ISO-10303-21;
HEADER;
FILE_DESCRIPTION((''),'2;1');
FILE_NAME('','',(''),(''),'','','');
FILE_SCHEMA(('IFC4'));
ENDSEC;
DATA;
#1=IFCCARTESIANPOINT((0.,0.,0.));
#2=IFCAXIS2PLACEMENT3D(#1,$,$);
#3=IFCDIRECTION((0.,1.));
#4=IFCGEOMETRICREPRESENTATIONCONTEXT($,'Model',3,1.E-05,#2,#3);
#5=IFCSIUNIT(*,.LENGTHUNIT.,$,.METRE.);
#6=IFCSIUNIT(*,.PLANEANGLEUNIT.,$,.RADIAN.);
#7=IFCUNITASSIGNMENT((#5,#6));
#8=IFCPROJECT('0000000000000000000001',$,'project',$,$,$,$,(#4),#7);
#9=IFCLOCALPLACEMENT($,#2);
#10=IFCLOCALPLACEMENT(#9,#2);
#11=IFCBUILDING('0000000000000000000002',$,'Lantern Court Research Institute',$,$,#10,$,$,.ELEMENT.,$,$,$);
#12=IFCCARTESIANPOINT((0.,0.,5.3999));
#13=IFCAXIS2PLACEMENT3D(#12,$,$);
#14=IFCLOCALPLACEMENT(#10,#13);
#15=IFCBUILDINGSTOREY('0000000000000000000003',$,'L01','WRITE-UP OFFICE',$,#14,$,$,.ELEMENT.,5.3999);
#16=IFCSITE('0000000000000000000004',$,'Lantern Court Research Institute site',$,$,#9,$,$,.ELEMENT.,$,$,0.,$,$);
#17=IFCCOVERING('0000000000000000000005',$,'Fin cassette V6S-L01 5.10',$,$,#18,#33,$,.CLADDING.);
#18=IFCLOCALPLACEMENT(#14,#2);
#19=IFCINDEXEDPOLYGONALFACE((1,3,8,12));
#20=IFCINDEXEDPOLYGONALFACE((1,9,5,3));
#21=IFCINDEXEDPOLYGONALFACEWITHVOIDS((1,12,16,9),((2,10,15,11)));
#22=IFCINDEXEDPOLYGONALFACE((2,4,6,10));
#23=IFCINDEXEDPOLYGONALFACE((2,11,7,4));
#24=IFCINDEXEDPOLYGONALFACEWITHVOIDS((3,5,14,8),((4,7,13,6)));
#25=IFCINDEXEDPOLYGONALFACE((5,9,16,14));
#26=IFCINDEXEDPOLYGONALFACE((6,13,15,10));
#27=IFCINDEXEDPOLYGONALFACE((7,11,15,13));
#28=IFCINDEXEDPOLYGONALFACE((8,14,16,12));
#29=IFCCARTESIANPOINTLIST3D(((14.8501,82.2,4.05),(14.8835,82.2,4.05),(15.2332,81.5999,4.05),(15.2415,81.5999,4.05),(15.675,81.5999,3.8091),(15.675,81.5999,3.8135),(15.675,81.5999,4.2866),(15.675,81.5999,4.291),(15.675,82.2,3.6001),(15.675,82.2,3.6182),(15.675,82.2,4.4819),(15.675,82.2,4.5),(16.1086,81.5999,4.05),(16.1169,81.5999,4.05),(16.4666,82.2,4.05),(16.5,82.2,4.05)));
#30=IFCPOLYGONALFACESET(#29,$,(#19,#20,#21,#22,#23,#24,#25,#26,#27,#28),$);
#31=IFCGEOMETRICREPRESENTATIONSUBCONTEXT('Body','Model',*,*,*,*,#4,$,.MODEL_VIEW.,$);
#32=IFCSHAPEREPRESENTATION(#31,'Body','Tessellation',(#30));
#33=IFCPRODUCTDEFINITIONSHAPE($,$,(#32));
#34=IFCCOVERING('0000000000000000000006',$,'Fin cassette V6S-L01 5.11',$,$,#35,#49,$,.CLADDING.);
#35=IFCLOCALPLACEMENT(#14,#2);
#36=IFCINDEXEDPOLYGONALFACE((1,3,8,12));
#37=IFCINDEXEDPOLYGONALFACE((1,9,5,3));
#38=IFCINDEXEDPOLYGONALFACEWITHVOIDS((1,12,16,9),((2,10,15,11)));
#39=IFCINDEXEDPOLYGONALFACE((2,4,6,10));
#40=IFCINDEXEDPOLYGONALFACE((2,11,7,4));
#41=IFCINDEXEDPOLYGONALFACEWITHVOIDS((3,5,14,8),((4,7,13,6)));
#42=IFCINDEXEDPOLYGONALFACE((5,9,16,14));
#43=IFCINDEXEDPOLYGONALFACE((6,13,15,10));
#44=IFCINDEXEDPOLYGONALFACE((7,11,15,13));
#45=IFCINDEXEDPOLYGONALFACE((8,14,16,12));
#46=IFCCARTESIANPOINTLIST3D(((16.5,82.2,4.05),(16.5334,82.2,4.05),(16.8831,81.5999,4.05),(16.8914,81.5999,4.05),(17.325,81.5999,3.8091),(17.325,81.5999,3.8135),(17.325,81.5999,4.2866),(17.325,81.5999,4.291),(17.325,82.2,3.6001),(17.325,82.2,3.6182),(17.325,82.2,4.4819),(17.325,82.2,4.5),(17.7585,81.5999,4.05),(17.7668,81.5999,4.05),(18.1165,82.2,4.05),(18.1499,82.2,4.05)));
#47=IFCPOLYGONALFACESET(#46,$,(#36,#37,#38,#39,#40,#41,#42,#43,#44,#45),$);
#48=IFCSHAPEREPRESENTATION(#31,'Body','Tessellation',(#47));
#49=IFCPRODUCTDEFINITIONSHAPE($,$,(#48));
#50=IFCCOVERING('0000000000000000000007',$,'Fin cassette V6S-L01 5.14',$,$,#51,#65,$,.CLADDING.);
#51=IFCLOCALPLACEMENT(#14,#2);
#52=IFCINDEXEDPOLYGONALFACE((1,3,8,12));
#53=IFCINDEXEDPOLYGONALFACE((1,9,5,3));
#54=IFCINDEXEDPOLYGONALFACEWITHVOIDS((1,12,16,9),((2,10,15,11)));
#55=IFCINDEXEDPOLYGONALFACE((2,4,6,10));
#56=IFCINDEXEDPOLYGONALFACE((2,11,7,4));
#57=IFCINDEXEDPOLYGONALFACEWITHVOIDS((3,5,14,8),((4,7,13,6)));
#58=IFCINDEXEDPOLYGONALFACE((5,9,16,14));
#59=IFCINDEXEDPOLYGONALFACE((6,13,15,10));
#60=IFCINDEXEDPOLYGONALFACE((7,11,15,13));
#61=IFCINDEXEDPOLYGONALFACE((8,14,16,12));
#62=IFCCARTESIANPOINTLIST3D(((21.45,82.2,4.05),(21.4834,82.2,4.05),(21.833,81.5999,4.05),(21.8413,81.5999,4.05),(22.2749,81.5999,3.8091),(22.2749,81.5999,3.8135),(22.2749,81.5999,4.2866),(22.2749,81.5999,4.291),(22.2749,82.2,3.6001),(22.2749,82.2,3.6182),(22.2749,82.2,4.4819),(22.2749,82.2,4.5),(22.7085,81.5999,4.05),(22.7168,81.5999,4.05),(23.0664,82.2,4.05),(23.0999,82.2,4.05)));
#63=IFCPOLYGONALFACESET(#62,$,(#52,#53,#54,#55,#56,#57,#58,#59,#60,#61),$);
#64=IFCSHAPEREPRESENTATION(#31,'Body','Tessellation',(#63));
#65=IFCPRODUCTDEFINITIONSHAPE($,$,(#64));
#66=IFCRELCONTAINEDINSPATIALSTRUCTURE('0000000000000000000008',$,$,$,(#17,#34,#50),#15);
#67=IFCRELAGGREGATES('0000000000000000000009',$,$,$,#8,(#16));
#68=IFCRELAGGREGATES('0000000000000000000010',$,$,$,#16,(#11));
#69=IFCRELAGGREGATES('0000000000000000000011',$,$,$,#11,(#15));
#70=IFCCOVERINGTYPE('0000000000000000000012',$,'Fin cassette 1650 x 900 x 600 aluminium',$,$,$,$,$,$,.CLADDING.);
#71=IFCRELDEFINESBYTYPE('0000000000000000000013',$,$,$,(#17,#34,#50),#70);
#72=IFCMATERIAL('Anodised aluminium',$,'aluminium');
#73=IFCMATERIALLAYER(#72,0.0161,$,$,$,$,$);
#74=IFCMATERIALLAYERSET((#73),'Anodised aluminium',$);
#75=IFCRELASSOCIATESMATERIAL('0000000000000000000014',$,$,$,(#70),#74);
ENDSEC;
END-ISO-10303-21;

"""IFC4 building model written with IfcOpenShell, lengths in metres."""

from ifc_helpers import new_model, entity, si_unit, direction, frame, origin, place, context, subcontext, project, spatial, material, layer, layer_set, type_object, element, save


model = new_model("IFC4")

# Units and contexts
model_context = context("Model", 3, precision=1e-05, world=origin(), true_north=direction((0.0, 1.0)))
body_context = subcontext(model_context, "Body", "Model", "MODEL_VIEW")
ifc_project = project(units=[si_unit("LENGTHUNIT", "METRE"), si_unit("PLANEANGLEUNIT", "RADIAN")], contexts=[model_context])

# Site, building, storey
site_placement = place(None, origin())
site = spatial("IfcSite", under=ifc_project, at=site_placement, Name="Lantern Court Research Institute site", CompositionType="ELEMENT", RefElevation=0.0)
building_placement = place(site_placement, origin())
building = spatial("IfcBuilding", under=site, at=building_placement, Name="Lantern Court Research Institute", CompositionType="ELEMENT")
storey_placement = place(building_placement, frame((0.0, 0.0, 5.3999)))
storey = spatial("IfcBuildingStorey", under=building, at=storey_placement, Name="L01", Description="WRITE-UP OFFICE", CompositionType="ELEMENT", Elevation=5.3999)

# Coverings
ifc_material_1 = material(Name="Anodised aluminium", Category="aluminium")
ifc_layer_1 = layer(ifc_material_1, 0.0161)
ifc_layer_set_1 = layer_set([ifc_layer_1], Name="Anodised aluminium")
covering_type = type_object("IfcCoveringType", Name="Fin cassette 1650 x 900 x 600 aluminium", PredefinedType="CLADDING", material=ifc_layer_set_1)
covering_1_placement = place(storey_placement, frame((15.675, 82.2, 4.05), z_axis=(0.0, -1.0, 0.0), x_axis=(1.0, 0.0, 0.0)))
cartesian_point_1 = entity("IfcCartesianPoint", [0.825, 0.0])
cartesian_point_2 = entity("IfcCartesianPoint", [0.7915, 0.0])
cartesian_point_3 = entity("IfcCartesianPoint", [0.4419, 0.0])
cartesian_point_4 = entity("IfcCartesianPoint", [0.4336, 0.0])
element("IfcCovering", 1, at=covering_1_placement, inside=storey, type_object=covering_type, Name="Fin cassette V6S-L01 5.10", PredefinedType="CLADDING", context=body_context, shape_type="SweptSolid", body=[
    entity("IfcExtrudedAreaSolidTapered", entity("IfcArbitraryProfileDefWithVoids", "AREA", None, entity("IfcPolyline", [cartesian_point_1, entity("IfcCartesianPoint", [0.0, 0.45]), entity("IfcCartesianPoint", [-0.825, 0.0]), entity("IfcCartesianPoint", [0.0, -0.45]), cartesian_point_1]), [entity("IfcPolyline", [cartesian_point_2, entity("IfcCartesianPoint", [0.0, 0.4319]), entity("IfcCartesianPoint", [-0.7915, 0.0]), entity("IfcCartesianPoint", [0.0, -0.4319]), cartesian_point_2])]), entity("IfcAxis2Placement3D", entity("IfcCartesianPoint", [0.0, 0.0, 0.0])), entity("IfcDirection", [0.0, 0.0, 1.0]), 0.6001, entity("IfcArbitraryProfileDefWithVoids", "AREA", None, entity("IfcPolyline", [cartesian_point_3, entity("IfcCartesianPoint", [0.0, 0.241]), entity("IfcCartesianPoint", [-0.4419, 0.0]), entity("IfcCartesianPoint", [0.0, -0.241]), cartesian_point_3]), [entity("IfcPolyline", [cartesian_point_4, entity("IfcCartesianPoint", [0.0, 0.2366]), entity("IfcCartesianPoint", [-0.4336, 0.0]), entity("IfcCartesianPoint", [0.0, -0.2366]), cartesian_point_4])])),
])
covering_2_placement = place(storey_placement, frame((17.325, 82.2, 4.05), z_axis=(0.0, -1.0, 0.0), x_axis=(1.0, 0.0, 0.0)))
cartesian_point_5 = entity("IfcCartesianPoint", [0.825, 0.0])
cartesian_point_6 = entity("IfcCartesianPoint", [0.7915, 0.0])
cartesian_point_7 = entity("IfcCartesianPoint", [0.4419, 0.0])
cartesian_point_8 = entity("IfcCartesianPoint", [0.4336, 0.0])
element("IfcCovering", 2, at=covering_2_placement, inside=storey, type_object=covering_type, Name="Fin cassette V6S-L01 5.11", PredefinedType="CLADDING", context=body_context, shape_type="SweptSolid", body=[
    entity("IfcExtrudedAreaSolidTapered", entity("IfcArbitraryProfileDefWithVoids", "AREA", None, entity("IfcPolyline", [cartesian_point_5, entity("IfcCartesianPoint", [0.0, 0.45]), entity("IfcCartesianPoint", [-0.825, 0.0]), entity("IfcCartesianPoint", [0.0, -0.45]), cartesian_point_5]), [entity("IfcPolyline", [cartesian_point_6, entity("IfcCartesianPoint", [0.0, 0.4319]), entity("IfcCartesianPoint", [-0.7915, 0.0]), entity("IfcCartesianPoint", [0.0, -0.4319]), cartesian_point_6])]), entity("IfcAxis2Placement3D", entity("IfcCartesianPoint", [0.0, 0.0, 0.0])), entity("IfcDirection", [0.0, 0.0, 1.0]), 0.6001, entity("IfcArbitraryProfileDefWithVoids", "AREA", None, entity("IfcPolyline", [cartesian_point_7, entity("IfcCartesianPoint", [0.0, 0.241]), entity("IfcCartesianPoint", [-0.4419, 0.0]), entity("IfcCartesianPoint", [0.0, -0.241]), cartesian_point_7]), [entity("IfcPolyline", [cartesian_point_8, entity("IfcCartesianPoint", [0.0, 0.2366]), entity("IfcCartesianPoint", [-0.4336, 0.0]), entity("IfcCartesianPoint", [0.0, -0.2366]), cartesian_point_8])])),
])
covering_3_placement = place(storey_placement, frame((22.2749, 82.2, 4.05), z_axis=(0.0, -1.0, 0.0), x_axis=(1.0, 0.0, 0.0)))
cartesian_point_9 = entity("IfcCartesianPoint", [0.825, 0.0])
cartesian_point_10 = entity("IfcCartesianPoint", [0.7915, 0.0])
cartesian_point_11 = entity("IfcCartesianPoint", [0.4419, 0.0])
cartesian_point_12 = entity("IfcCartesianPoint", [0.4336, 0.0])
element("IfcCovering", 3, at=covering_3_placement, inside=storey, type_object=covering_type, Name="Fin cassette V6S-L01 5.14", PredefinedType="CLADDING", context=body_context, shape_type="SweptSolid", body=[
    entity("IfcExtrudedAreaSolidTapered", entity("IfcArbitraryProfileDefWithVoids", "AREA", None, entity("IfcPolyline", [cartesian_point_9, entity("IfcCartesianPoint", [0.0, 0.45]), entity("IfcCartesianPoint", [-0.825, 0.0]), entity("IfcCartesianPoint", [0.0, -0.45]), cartesian_point_9]), [entity("IfcPolyline", [cartesian_point_10, entity("IfcCartesianPoint", [0.0, 0.4319]), entity("IfcCartesianPoint", [-0.7915, 0.0]), entity("IfcCartesianPoint", [0.0, -0.4319]), cartesian_point_10])]), entity("IfcAxis2Placement3D", entity("IfcCartesianPoint", [0.0, 0.0, 0.0])), entity("IfcDirection", [0.0, 0.0, 1.0]), 0.6001, entity("IfcArbitraryProfileDefWithVoids", "AREA", None, entity("IfcPolyline", [cartesian_point_11, entity("IfcCartesianPoint", [0.0, 0.241]), entity("IfcCartesianPoint", [-0.4419, 0.0]), entity("IfcCartesianPoint", [0.0, -0.241]), cartesian_point_11]), [entity("IfcPolyline", [cartesian_point_12, entity("IfcCartesianPoint", [0.0, 0.2366]), entity("IfcCartesianPoint", [-0.4336, 0.0]), entity("IfcCartesianPoint", [0.0, -0.2366]), cartesian_point_12])])),
])

save(model, "model.ifc")
